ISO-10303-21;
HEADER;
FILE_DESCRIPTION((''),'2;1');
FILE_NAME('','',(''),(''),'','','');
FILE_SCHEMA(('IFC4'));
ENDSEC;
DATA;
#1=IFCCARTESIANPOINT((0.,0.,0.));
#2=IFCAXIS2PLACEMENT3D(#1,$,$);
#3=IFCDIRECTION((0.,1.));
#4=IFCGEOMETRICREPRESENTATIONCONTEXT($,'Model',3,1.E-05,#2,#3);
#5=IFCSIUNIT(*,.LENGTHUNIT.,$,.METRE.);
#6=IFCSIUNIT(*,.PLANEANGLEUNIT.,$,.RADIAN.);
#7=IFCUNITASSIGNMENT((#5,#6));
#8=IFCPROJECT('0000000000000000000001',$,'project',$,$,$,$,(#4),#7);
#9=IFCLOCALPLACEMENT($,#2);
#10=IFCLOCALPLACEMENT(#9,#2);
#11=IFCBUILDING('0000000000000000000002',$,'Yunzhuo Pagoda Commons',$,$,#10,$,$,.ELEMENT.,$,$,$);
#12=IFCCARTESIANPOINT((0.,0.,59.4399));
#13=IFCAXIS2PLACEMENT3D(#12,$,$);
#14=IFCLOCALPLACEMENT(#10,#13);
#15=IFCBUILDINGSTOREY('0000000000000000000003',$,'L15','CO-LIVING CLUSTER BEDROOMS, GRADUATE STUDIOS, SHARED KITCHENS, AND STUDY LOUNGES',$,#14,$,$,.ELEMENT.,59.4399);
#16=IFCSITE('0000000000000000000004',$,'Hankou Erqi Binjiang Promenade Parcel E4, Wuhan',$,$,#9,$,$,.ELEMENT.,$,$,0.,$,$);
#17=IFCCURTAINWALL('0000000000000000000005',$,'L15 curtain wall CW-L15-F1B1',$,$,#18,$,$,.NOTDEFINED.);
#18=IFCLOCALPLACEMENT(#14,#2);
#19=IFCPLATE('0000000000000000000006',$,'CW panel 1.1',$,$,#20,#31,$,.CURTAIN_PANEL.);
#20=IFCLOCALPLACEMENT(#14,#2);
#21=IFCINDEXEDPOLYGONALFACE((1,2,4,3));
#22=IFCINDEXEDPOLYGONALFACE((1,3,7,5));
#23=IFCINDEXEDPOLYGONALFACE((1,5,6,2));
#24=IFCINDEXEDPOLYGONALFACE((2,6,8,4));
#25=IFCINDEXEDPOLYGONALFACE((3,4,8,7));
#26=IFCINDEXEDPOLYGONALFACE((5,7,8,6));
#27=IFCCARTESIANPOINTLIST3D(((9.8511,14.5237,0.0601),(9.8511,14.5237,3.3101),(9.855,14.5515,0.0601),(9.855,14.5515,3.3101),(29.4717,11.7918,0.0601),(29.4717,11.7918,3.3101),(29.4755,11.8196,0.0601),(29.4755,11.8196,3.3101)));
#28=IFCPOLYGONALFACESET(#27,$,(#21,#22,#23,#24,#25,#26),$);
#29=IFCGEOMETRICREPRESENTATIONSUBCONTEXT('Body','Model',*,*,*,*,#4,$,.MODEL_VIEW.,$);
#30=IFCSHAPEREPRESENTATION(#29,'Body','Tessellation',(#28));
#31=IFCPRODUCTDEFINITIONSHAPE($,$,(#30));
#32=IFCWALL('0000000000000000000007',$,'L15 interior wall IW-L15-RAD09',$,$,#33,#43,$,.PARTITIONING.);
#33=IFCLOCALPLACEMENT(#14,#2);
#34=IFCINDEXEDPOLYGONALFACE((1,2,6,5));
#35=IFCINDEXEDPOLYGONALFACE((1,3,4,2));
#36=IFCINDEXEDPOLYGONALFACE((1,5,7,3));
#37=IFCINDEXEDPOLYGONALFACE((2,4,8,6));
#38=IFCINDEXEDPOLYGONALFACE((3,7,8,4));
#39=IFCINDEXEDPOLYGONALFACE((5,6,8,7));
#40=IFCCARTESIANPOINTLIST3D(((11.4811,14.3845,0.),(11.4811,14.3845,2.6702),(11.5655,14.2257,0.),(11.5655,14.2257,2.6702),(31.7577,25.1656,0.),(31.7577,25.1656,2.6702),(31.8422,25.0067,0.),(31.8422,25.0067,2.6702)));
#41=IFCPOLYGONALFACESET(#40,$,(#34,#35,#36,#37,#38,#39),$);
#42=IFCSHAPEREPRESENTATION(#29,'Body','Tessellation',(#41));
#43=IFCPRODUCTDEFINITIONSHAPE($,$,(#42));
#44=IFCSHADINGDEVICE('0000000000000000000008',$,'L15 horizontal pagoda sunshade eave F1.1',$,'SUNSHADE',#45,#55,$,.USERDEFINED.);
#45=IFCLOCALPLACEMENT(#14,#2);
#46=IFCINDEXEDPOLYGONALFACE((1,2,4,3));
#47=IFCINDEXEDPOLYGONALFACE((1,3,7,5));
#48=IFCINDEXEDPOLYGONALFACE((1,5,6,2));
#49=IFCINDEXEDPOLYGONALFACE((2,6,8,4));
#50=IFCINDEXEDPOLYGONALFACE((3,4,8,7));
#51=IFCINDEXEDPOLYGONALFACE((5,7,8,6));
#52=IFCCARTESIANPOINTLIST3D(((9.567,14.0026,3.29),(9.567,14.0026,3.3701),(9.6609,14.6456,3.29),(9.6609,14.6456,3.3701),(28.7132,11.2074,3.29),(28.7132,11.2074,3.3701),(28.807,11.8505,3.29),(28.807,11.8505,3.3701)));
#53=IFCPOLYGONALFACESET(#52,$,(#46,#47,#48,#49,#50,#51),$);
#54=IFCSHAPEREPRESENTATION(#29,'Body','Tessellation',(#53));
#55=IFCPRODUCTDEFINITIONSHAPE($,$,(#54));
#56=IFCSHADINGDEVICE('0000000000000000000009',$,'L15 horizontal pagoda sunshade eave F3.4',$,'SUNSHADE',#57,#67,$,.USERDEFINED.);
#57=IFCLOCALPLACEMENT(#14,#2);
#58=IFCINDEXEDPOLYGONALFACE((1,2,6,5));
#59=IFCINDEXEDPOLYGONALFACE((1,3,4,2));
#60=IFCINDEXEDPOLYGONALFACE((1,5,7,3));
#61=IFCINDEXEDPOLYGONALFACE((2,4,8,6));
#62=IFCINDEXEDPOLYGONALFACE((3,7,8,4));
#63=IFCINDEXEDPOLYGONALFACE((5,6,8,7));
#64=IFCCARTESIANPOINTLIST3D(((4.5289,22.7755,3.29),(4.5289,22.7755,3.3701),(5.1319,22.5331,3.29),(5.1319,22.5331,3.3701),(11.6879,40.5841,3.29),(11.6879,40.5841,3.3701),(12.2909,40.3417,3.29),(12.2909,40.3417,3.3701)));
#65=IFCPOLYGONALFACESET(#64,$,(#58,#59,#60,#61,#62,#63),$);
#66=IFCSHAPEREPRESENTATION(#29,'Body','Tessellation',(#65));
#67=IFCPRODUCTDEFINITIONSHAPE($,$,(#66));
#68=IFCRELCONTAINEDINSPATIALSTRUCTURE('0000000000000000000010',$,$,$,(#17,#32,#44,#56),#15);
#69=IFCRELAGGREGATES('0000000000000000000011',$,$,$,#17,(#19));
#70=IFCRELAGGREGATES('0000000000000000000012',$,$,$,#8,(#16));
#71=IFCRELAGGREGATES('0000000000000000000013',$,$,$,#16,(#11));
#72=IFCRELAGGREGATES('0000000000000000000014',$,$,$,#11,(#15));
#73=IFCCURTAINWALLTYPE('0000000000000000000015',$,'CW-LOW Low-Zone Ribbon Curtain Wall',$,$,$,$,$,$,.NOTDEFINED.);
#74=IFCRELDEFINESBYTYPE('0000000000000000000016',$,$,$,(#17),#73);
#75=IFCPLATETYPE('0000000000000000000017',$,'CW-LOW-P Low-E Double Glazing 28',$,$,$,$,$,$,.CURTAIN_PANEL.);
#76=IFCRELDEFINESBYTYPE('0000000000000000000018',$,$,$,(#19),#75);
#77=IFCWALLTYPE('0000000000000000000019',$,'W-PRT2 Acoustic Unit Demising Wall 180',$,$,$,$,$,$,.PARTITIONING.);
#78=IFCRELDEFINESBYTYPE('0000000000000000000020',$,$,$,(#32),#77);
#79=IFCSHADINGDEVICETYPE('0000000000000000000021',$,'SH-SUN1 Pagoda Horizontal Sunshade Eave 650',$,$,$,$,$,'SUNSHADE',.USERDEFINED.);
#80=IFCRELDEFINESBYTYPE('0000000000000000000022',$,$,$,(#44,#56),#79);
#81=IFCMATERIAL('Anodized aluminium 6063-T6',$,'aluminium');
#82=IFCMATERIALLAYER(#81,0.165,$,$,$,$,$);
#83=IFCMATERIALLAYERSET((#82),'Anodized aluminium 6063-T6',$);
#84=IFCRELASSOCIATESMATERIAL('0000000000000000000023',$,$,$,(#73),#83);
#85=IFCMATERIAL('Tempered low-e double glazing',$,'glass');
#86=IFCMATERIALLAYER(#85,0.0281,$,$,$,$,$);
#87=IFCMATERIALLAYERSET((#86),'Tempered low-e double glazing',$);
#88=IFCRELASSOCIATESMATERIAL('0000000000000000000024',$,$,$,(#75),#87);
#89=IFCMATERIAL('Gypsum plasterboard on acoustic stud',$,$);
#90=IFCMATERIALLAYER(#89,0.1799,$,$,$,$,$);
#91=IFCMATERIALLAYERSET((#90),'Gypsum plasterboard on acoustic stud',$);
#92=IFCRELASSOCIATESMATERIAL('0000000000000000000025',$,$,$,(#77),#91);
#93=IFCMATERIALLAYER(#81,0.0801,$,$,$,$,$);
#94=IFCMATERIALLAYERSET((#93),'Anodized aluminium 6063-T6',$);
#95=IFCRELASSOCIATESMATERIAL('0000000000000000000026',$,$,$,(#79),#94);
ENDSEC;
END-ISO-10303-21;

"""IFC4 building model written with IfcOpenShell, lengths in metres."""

from ifc_helpers import new_model, si_unit, direction, frame, frame_2d, origin, origin_2d, place, context, subcontext, project, spatial, rectangle, extrude, source, transform, mapped, material, layer, layer_set, type_object, element, aggregate, save


model = new_model("IFC4")

# Units and contexts
model_context = context("Model", 3, precision=1e-05, world=origin(), true_north=direction((0.0, 1.0)))
body_context = subcontext(model_context, "Body", "Model", "MODEL_VIEW")
ifc_project = project(units=[si_unit("LENGTHUNIT", "METRE"), si_unit("PLANEANGLEUNIT", "RADIAN")], contexts=[model_context])

# Site, building, storey
site_placement = place(None, origin())
site = spatial("IfcSite", under=ifc_project, at=site_placement, Name="Hankou Erqi Binjiang Promenade Parcel E4, Wuhan", CompositionType="ELEMENT", RefElevation=0.0)
building_placement = place(site_placement, origin())
building = spatial("IfcBuilding", under=site, at=building_placement, Name="Yunzhuo Pagoda Commons", CompositionType="ELEMENT")
storey_placement = place(building_placement, frame((0.0, 0.0, 59.4399)))
storey = spatial("IfcBuildingStorey", under=building, at=storey_placement, Name="L15", Description="CO-LIVING CLUSTER BEDROOMS, GRADUATE STUDIOS, SHARED KITCHENS, AND STUDY LOUNGES", CompositionType="ELEMENT", Elevation=59.4399)

# Shared definitions
ifc_material_1 = material(Name="Anodized aluminium 6063-T6", Category="aluminium")
ifc_layer_1 = layer(ifc_material_1, 0.165)
ifc_layer_set_1 = layer_set([ifc_layer_1], Name="Anodized aluminium 6063-T6")
curtain_wall_type = type_object("IfcCurtainWallType", Name="CW-LOW Low-Zone Ribbon Curtain Wall", PredefinedType="NOTDEFINED", material=ifc_layer_set_1)

# Curtain wall
curtain_wall_1_placement = place(storey_placement, origin())
curtain_wall_1 = element("IfcCurtainWall", 1, at=curtain_wall_1_placement, inside=storey, type_object=curtain_wall_type, Name="L15 curtain wall CW-L15-F1B1", PredefinedType="NOTDEFINED")

# Shared definitions
ifc_material_2 = material(Name="Tempered low-e double glazing", Category="glass")
ifc_layer_2 = layer(ifc_material_2, 0.0281)
ifc_layer_set_2 = layer_set([ifc_layer_2], Name="Tempered low-e double glazing")
plate_type_1 = type_object("IfcPlateType", Name="CW-LOW-P Low-E Double Glazing 28", PredefinedType="CURTAIN_PANEL", material=ifc_layer_set_2)

# Plate
shared_shape_1 = source(origin(), body_context, "Body", "SweptSolid", [
    extrude(rectangle(XDim=19.8098, YDim=0.0281, at=origin_2d()), origin(), (0.0, 0.0, 1.0), 3.25),
])
plate_1_placement = place(storey_placement, frame((19.6633, 13.1716, 0.0601), z_axis=(0.0, 0.0, 1.0), x_axis=(0.990445, -0.137905, 0.0)))
plate_1 = element("IfcPlate", 2, at=plate_1_placement, type_object=plate_type_1, Name="CW panel 1.1", PredefinedType="CURTAIN_PANEL", context=body_context, shape_type="MappedRepresentation", body=[
    mapped(shared_shape_1, transform((0.0, 0.0, 0.0), scale=1.0)),
])
aggregate(curtain_wall_1, [plate_1])

# Wall
ifc_material_3 = material(Name="Gypsum plasterboard on acoustic stud")
ifc_layer_3 = layer(ifc_material_3, 0.1799)
ifc_layer_set_3 = layer_set([ifc_layer_3], Name="Gypsum plasterboard on acoustic stud")
wall_type = type_object("IfcWallType", Name="W-PRT2 Acoustic Unit Demising Wall 180", PredefinedType="PARTITIONING", material=ifc_layer_set_3)
wall_placement = place(storey_placement, frame((31.8, 25.0862, 0.0), z_axis=(0.0, 0.0, 1.0), x_axis=(-0.882952, -0.469463, 0.0)))
element("IfcWall", 3, at=wall_placement, inside=storey, type_object=wall_type, Name="L15 interior wall IW-L15-RAD09", PredefinedType="PARTITIONING", context=body_context, shape_type="SweptSolid", body=[
    extrude(rectangle(XDim=22.9646, YDim=0.1799, at=frame_2d((11.4824, 0.0))), origin(), (0.0, 0.0, 1.0), 2.6702),
])

# Shading devices
ifc_layer_4 = layer(ifc_material_1, 0.0801)
ifc_layer_set_4 = layer_set([ifc_layer_4], Name="Anodized aluminium 6063-T6")
shading_device_type = type_object("IfcShadingDeviceType", Name="SH-SUN1 Pagoda Horizontal Sunshade Eave 650", ElementType="SUNSHADE", PredefinedType="USERDEFINED", material=ifc_layer_set_4)
shared_shape_2 = source(origin(), body_context, "Body", "SweptSolid", [
    extrude(rectangle(XDim=19.3491, YDim=0.6499, at=origin_2d()), origin(), (0.0, 0.0, 1.0), 0.0801),
])
shading_device_1_placement = place(storey_placement, frame((19.187, 12.9265, 3.29), z_axis=(0.0, 0.0, 1.0), x_axis=(0.989511, -0.14446, 0.0)))
element("IfcShadingDevice", 4, at=shading_device_1_placement, inside=storey, type_object=shading_device_type, Name="L15 horizontal pagoda sunshade eave F1.1", ObjectType="SUNSHADE", PredefinedType="USERDEFINED", context=body_context, shape_type="MappedRepresentation", body=[
    mapped(shared_shape_2, transform((0.0, 0.0, 0.0), scale=1.0)),
])
shared_shape_3 = source(origin(), body_context, "Body", "SweptSolid", [
    extrude(rectangle(XDim=19.1936, YDim=0.6499, at=origin_2d()), origin(), (0.0, 0.0, 1.0), 0.0801),
])
shading_device_2_placement = place(storey_placement, frame((8.4099, 31.5586, 3.29), z_axis=(0.0, 0.0, 1.0), x_axis=(-0.372988, -0.927836, 0.0)))
element("IfcShadingDevice", 5, at=shading_device_2_placement, inside=storey, type_object=shading_device_type, Name="L15 horizontal pagoda sunshade eave F3.4", ObjectType="SUNSHADE", PredefinedType="USERDEFINED", context=body_context, shape_type="MappedRepresentation", body=[
    mapped(shared_shape_3, transform((0.0, 0.0, 0.0), scale=1.0)),
])

save(model, "model.ifc")
